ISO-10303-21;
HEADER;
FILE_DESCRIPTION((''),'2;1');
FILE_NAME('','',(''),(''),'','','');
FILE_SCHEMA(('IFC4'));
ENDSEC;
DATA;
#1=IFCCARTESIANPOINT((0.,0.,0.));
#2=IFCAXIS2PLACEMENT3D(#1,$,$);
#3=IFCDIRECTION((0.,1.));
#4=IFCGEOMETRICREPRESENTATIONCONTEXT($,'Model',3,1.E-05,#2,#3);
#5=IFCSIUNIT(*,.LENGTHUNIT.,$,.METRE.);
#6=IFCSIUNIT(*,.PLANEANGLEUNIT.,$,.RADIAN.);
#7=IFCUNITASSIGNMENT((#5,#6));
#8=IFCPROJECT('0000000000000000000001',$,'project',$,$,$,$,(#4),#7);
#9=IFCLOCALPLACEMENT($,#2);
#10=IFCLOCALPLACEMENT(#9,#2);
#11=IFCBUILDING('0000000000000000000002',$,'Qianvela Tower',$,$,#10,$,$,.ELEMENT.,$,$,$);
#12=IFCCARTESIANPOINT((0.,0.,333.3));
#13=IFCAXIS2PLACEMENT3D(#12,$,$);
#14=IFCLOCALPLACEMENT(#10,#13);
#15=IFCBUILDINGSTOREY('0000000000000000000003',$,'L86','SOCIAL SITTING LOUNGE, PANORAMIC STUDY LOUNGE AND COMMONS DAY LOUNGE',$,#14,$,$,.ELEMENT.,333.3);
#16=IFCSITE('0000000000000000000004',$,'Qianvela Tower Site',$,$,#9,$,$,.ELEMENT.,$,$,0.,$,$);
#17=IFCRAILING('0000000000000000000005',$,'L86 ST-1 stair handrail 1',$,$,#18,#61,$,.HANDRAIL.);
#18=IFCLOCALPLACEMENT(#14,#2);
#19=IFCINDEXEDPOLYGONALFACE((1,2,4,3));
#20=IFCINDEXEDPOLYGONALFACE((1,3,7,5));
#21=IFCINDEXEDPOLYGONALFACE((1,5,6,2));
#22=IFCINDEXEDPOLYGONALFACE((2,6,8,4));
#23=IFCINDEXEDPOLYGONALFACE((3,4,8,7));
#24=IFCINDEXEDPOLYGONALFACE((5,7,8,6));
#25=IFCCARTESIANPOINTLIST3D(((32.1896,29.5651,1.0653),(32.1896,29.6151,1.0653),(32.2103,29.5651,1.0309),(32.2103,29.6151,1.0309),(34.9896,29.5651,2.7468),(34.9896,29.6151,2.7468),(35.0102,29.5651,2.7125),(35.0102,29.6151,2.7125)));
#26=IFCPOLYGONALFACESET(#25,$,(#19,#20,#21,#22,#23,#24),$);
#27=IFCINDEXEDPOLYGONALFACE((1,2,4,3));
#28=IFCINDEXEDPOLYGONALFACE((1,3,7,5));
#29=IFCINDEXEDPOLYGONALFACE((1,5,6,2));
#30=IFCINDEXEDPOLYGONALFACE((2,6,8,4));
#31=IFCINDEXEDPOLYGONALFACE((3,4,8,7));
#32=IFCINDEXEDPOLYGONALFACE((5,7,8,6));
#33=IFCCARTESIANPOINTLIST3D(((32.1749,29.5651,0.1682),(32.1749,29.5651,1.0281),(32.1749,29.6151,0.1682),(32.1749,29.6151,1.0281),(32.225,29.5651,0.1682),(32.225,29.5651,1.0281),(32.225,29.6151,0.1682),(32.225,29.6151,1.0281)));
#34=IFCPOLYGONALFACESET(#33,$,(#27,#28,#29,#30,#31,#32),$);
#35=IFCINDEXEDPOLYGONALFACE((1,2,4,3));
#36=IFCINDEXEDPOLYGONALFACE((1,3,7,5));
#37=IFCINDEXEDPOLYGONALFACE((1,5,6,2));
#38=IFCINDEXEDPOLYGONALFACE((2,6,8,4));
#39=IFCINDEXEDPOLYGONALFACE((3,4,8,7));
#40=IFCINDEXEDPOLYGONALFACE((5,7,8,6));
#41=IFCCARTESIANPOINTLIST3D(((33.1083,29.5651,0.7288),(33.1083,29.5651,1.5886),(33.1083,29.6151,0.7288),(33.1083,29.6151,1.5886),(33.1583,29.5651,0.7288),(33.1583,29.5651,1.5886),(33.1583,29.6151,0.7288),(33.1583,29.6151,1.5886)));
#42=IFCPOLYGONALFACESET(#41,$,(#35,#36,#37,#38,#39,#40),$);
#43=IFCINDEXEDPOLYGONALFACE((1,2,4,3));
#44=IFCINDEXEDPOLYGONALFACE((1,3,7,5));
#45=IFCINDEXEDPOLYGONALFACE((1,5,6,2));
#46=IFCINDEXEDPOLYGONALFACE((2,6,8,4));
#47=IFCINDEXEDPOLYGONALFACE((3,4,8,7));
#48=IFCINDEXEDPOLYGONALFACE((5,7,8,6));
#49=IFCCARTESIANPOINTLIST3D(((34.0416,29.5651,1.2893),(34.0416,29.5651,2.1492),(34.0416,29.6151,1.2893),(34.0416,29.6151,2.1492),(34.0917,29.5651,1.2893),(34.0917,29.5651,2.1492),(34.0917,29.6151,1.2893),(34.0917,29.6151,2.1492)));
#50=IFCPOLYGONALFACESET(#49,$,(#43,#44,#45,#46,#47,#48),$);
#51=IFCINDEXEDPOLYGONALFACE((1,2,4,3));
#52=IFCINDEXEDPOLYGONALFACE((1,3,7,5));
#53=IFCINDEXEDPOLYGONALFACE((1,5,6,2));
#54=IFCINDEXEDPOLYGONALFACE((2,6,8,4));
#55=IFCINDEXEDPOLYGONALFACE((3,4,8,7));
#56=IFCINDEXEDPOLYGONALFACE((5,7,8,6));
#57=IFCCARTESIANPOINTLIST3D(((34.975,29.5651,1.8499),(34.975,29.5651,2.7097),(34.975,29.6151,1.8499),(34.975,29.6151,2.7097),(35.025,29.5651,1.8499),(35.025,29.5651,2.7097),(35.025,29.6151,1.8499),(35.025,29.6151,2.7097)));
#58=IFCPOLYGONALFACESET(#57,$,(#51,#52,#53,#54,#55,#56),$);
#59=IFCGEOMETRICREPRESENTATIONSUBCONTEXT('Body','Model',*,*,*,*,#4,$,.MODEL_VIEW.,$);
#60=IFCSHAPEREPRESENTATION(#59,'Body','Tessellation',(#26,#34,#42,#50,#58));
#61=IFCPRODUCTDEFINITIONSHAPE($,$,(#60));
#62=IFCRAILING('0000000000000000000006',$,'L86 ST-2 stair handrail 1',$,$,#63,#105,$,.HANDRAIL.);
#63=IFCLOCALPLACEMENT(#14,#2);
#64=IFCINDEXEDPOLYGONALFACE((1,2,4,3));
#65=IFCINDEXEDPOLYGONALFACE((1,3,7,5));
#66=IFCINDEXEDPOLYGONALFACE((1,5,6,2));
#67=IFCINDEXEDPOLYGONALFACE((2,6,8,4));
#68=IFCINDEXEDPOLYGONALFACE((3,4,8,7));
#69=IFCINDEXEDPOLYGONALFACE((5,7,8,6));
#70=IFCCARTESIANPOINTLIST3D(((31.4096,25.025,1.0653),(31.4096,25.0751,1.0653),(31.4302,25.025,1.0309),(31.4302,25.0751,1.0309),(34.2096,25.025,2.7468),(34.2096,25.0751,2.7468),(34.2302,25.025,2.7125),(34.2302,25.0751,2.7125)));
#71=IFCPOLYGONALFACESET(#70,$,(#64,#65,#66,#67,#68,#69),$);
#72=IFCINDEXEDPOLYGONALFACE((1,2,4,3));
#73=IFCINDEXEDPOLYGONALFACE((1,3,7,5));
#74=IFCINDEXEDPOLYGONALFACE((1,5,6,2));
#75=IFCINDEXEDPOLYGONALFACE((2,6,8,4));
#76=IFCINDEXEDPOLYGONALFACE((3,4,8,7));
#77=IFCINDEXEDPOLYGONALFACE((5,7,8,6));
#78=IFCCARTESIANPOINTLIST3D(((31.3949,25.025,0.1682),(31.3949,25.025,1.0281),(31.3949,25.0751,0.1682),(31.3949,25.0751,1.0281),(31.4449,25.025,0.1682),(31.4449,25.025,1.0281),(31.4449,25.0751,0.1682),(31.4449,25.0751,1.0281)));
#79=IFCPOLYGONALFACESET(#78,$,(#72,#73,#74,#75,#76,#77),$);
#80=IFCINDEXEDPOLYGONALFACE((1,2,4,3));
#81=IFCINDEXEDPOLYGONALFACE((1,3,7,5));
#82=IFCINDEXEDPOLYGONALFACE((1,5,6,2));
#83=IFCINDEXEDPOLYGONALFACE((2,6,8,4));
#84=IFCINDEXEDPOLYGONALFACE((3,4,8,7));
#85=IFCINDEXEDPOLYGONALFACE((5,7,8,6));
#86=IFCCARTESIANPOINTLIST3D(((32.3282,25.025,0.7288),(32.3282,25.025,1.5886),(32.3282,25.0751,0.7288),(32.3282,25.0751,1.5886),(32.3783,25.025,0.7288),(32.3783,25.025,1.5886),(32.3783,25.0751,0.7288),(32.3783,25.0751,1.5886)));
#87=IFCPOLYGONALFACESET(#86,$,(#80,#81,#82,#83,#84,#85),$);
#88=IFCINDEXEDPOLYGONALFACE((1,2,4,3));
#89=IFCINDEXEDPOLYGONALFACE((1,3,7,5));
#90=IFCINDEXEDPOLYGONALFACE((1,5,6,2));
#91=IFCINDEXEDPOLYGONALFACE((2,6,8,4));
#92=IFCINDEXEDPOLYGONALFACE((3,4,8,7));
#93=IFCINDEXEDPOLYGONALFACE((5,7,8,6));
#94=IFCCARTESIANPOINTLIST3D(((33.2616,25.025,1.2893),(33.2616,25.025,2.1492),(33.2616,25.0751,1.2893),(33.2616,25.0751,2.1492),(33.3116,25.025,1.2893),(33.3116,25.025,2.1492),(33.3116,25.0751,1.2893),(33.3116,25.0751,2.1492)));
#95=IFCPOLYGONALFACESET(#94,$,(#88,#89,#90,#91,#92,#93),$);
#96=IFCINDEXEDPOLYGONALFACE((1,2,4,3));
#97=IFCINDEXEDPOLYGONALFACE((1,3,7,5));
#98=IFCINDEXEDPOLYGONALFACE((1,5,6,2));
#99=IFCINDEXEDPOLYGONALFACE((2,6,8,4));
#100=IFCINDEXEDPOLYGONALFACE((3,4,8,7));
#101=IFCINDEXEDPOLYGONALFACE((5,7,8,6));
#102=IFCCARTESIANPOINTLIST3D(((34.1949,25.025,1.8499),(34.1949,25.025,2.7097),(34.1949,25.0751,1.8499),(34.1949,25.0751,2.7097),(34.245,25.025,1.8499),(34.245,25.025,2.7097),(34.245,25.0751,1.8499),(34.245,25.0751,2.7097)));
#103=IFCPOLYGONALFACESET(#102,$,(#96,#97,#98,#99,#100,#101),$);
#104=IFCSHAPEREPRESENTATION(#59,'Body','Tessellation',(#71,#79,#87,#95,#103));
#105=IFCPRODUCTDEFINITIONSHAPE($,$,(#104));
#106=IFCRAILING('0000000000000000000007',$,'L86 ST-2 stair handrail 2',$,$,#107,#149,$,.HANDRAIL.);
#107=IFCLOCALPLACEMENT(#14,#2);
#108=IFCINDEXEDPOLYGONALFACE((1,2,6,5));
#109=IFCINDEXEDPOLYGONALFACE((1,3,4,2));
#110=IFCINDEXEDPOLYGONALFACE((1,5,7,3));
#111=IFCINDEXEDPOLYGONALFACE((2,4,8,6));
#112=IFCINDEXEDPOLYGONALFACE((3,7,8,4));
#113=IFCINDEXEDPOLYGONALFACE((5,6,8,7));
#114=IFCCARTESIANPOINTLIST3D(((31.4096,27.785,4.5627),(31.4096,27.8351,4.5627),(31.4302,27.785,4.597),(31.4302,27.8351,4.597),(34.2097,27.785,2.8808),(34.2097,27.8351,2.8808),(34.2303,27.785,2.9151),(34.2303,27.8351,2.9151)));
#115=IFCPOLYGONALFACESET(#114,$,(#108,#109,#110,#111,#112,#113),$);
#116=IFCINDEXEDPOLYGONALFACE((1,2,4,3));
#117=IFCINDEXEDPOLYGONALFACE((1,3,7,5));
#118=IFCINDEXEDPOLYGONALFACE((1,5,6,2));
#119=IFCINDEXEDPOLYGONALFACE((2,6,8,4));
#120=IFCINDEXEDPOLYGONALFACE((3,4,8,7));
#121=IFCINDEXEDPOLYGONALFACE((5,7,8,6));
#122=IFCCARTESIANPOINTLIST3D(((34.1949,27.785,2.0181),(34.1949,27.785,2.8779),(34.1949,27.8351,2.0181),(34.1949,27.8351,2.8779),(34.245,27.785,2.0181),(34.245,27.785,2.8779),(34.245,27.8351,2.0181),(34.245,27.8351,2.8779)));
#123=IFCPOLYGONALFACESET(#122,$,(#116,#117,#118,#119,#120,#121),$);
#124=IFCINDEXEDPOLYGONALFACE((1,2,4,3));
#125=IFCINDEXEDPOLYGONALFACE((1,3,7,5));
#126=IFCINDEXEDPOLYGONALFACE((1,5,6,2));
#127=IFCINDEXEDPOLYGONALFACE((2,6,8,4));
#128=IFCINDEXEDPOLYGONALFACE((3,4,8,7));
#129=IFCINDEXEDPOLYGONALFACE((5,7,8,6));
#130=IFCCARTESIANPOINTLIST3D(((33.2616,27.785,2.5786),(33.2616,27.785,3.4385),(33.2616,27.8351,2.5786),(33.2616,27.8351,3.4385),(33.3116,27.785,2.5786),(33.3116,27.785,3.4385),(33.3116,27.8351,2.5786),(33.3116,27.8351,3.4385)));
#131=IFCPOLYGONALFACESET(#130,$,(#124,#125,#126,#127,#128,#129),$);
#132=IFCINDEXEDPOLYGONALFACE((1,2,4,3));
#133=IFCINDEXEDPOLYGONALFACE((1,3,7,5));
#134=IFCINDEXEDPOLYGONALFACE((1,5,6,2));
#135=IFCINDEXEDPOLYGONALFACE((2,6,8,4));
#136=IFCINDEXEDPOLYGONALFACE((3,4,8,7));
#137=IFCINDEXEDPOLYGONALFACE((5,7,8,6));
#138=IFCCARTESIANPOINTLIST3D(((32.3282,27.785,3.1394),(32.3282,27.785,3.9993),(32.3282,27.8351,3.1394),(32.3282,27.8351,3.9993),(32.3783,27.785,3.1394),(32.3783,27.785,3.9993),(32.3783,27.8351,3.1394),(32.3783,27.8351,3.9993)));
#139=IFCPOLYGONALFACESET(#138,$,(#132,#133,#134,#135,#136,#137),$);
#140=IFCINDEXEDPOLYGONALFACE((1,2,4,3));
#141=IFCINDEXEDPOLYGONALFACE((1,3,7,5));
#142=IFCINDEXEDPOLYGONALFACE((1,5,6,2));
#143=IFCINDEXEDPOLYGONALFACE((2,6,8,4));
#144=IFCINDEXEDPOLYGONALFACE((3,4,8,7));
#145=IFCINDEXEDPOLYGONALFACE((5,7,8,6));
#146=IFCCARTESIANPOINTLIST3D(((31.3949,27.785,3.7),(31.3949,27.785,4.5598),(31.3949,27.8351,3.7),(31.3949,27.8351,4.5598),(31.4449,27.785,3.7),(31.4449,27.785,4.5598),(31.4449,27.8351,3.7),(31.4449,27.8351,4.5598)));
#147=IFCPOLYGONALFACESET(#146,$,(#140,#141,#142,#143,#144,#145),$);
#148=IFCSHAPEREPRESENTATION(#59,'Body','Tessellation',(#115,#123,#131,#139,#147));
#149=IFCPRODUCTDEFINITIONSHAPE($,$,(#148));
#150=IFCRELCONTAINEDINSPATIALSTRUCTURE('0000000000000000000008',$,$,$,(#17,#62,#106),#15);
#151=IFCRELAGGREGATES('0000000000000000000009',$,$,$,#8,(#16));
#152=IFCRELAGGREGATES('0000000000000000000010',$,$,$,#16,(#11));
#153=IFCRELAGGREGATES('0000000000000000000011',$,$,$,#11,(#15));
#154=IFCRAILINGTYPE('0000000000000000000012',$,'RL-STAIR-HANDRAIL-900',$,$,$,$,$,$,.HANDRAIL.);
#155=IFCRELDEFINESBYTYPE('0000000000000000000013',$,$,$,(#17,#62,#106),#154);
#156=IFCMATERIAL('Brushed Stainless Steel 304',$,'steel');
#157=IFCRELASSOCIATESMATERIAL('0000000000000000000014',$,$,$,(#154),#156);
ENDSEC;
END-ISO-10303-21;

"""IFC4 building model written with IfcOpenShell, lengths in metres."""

from ifc_helpers import new_model, si_unit, direction, frame, origin, origin_2d, place, context, subcontext, project, spatial, rectangle, extrude, material, type_object, element, save


model = new_model("IFC4")

# Units and contexts
model_context = context("Model", 3, precision=1e-05, world=origin(), true_north=direction((0.0, 1.0)))
body_context = subcontext(model_context, "Body", "Model", "MODEL_VIEW")
ifc_project = project(units=[si_unit("LENGTHUNIT", "METRE"), si_unit("PLANEANGLEUNIT", "RADIAN")], contexts=[model_context])

# Site, building, storey
site_placement = place(None, origin())
site = spatial("IfcSite", under=ifc_project, at=site_placement, Name="Qianvela Tower Site", CompositionType="ELEMENT", RefElevation=0.0)
building_placement = place(site_placement, origin())
building = spatial("IfcBuilding", under=site, at=building_placement, Name="Qianvela Tower", CompositionType="ELEMENT")
storey_placement = place(building_placement, frame((0.0, 0.0, 333.3)))
storey = spatial("IfcBuildingStorey", under=building, at=storey_placement, Name="L86", Description="SOCIAL SITTING LOUNGE, PANORAMIC STUDY LOUNGE AND COMMONS DAY LOUNGE", CompositionType="ELEMENT", Elevation=333.3)

# Railings
ifc_material_1 = material(Name="Brushed Stainless Steel 304", Category="steel")
railing_type_1 = type_object("IfcRailingType", Name="RL-STAIR-HANDRAIL-900", PredefinedType="HANDRAIL", material=ifc_material_1)
for number, where, name in (
    (1, (32.2, 29.5901, 0.1682), "L86 ST-1 stair handrail 1"),
    (2, (31.4199, 25.05, 0.1682), "L86 ST-2 stair handrail 1"),
):
    element("IfcRailing", number, at=place(storey_placement, frame(where)), inside=storey, type_object=railing_type_1, Name=name, PredefinedType="HANDRAIL", context=body_context, shape_type="SweptSolid", body=[
        extrude(rectangle(XDim=0.05, YDim=0.04, at=origin_2d()), frame((0.0, 0.0, 0.8799), z_axis=(0.857275, 0.0, 0.514858), x_axis=(0.0, 1.0, 0.0)), (0.0, 0.0, 1.0), 3.2661),
        extrude(rectangle(XDim=0.05, YDim=0.05, at=origin_2d()), origin(), (0.0, 0.0, 1.0), 0.8599),
        extrude(rectangle(XDim=0.05, YDim=0.05, at=origin_2d()), frame((0.9333, 0.0, 0.5605)), (0.0, 0.0, 1.0), 0.8599),
        extrude(rectangle(XDim=0.05, YDim=0.05, at=origin_2d()), frame((1.8667, 0.0, 1.1211)), (0.0, 0.0, 1.0), 0.8599),
        extrude(rectangle(XDim=0.05, YDim=0.05, at=origin_2d()), frame((2.8, 0.0, 1.6816)), (0.0, 0.0, 1.0), 0.8599),
    ])
railing_1_placement = place(storey_placement, frame((34.22, 27.8101, 2.0181)))
element("IfcRailing", 3, at=railing_1_placement, inside=storey, type_object=railing_type_1, Name="L86 ST-2 stair handrail 2", PredefinedType="HANDRAIL", context=body_context, shape_type="SweptSolid", body=[
    extrude(rectangle(XDim=0.05, YDim=0.04, at=origin_2d()), frame((0.0, 0.0, 0.8799), z_axis=(-0.857242, 0.0, 0.514913), x_axis=(0.0, -1.0, 0.0)), (0.0, 0.0, 1.0), 3.2664),
    extrude(rectangle(XDim=0.05, YDim=0.05, at=origin_2d()), origin(), (0.0, 0.0, 1.0), 0.8599),
    extrude(rectangle(XDim=0.05, YDim=0.05, at=origin_2d()), frame((-0.9333, 0.0, 0.5605)), (0.0, 0.0, 1.0), 0.8599),
    extrude(rectangle(XDim=0.05, YDim=0.05, at=origin_2d()), frame((-1.8667, 0.0, 1.1213)), (0.0, 0.0, 1.0), 0.8599),
    extrude(rectangle(XDim=0.05, YDim=0.05, at=origin_2d()), frame((-2.8, 0.0, 1.6819)), (0.0, 0.0, 1.0), 0.8599),
])

save(model, "model.ifc")
